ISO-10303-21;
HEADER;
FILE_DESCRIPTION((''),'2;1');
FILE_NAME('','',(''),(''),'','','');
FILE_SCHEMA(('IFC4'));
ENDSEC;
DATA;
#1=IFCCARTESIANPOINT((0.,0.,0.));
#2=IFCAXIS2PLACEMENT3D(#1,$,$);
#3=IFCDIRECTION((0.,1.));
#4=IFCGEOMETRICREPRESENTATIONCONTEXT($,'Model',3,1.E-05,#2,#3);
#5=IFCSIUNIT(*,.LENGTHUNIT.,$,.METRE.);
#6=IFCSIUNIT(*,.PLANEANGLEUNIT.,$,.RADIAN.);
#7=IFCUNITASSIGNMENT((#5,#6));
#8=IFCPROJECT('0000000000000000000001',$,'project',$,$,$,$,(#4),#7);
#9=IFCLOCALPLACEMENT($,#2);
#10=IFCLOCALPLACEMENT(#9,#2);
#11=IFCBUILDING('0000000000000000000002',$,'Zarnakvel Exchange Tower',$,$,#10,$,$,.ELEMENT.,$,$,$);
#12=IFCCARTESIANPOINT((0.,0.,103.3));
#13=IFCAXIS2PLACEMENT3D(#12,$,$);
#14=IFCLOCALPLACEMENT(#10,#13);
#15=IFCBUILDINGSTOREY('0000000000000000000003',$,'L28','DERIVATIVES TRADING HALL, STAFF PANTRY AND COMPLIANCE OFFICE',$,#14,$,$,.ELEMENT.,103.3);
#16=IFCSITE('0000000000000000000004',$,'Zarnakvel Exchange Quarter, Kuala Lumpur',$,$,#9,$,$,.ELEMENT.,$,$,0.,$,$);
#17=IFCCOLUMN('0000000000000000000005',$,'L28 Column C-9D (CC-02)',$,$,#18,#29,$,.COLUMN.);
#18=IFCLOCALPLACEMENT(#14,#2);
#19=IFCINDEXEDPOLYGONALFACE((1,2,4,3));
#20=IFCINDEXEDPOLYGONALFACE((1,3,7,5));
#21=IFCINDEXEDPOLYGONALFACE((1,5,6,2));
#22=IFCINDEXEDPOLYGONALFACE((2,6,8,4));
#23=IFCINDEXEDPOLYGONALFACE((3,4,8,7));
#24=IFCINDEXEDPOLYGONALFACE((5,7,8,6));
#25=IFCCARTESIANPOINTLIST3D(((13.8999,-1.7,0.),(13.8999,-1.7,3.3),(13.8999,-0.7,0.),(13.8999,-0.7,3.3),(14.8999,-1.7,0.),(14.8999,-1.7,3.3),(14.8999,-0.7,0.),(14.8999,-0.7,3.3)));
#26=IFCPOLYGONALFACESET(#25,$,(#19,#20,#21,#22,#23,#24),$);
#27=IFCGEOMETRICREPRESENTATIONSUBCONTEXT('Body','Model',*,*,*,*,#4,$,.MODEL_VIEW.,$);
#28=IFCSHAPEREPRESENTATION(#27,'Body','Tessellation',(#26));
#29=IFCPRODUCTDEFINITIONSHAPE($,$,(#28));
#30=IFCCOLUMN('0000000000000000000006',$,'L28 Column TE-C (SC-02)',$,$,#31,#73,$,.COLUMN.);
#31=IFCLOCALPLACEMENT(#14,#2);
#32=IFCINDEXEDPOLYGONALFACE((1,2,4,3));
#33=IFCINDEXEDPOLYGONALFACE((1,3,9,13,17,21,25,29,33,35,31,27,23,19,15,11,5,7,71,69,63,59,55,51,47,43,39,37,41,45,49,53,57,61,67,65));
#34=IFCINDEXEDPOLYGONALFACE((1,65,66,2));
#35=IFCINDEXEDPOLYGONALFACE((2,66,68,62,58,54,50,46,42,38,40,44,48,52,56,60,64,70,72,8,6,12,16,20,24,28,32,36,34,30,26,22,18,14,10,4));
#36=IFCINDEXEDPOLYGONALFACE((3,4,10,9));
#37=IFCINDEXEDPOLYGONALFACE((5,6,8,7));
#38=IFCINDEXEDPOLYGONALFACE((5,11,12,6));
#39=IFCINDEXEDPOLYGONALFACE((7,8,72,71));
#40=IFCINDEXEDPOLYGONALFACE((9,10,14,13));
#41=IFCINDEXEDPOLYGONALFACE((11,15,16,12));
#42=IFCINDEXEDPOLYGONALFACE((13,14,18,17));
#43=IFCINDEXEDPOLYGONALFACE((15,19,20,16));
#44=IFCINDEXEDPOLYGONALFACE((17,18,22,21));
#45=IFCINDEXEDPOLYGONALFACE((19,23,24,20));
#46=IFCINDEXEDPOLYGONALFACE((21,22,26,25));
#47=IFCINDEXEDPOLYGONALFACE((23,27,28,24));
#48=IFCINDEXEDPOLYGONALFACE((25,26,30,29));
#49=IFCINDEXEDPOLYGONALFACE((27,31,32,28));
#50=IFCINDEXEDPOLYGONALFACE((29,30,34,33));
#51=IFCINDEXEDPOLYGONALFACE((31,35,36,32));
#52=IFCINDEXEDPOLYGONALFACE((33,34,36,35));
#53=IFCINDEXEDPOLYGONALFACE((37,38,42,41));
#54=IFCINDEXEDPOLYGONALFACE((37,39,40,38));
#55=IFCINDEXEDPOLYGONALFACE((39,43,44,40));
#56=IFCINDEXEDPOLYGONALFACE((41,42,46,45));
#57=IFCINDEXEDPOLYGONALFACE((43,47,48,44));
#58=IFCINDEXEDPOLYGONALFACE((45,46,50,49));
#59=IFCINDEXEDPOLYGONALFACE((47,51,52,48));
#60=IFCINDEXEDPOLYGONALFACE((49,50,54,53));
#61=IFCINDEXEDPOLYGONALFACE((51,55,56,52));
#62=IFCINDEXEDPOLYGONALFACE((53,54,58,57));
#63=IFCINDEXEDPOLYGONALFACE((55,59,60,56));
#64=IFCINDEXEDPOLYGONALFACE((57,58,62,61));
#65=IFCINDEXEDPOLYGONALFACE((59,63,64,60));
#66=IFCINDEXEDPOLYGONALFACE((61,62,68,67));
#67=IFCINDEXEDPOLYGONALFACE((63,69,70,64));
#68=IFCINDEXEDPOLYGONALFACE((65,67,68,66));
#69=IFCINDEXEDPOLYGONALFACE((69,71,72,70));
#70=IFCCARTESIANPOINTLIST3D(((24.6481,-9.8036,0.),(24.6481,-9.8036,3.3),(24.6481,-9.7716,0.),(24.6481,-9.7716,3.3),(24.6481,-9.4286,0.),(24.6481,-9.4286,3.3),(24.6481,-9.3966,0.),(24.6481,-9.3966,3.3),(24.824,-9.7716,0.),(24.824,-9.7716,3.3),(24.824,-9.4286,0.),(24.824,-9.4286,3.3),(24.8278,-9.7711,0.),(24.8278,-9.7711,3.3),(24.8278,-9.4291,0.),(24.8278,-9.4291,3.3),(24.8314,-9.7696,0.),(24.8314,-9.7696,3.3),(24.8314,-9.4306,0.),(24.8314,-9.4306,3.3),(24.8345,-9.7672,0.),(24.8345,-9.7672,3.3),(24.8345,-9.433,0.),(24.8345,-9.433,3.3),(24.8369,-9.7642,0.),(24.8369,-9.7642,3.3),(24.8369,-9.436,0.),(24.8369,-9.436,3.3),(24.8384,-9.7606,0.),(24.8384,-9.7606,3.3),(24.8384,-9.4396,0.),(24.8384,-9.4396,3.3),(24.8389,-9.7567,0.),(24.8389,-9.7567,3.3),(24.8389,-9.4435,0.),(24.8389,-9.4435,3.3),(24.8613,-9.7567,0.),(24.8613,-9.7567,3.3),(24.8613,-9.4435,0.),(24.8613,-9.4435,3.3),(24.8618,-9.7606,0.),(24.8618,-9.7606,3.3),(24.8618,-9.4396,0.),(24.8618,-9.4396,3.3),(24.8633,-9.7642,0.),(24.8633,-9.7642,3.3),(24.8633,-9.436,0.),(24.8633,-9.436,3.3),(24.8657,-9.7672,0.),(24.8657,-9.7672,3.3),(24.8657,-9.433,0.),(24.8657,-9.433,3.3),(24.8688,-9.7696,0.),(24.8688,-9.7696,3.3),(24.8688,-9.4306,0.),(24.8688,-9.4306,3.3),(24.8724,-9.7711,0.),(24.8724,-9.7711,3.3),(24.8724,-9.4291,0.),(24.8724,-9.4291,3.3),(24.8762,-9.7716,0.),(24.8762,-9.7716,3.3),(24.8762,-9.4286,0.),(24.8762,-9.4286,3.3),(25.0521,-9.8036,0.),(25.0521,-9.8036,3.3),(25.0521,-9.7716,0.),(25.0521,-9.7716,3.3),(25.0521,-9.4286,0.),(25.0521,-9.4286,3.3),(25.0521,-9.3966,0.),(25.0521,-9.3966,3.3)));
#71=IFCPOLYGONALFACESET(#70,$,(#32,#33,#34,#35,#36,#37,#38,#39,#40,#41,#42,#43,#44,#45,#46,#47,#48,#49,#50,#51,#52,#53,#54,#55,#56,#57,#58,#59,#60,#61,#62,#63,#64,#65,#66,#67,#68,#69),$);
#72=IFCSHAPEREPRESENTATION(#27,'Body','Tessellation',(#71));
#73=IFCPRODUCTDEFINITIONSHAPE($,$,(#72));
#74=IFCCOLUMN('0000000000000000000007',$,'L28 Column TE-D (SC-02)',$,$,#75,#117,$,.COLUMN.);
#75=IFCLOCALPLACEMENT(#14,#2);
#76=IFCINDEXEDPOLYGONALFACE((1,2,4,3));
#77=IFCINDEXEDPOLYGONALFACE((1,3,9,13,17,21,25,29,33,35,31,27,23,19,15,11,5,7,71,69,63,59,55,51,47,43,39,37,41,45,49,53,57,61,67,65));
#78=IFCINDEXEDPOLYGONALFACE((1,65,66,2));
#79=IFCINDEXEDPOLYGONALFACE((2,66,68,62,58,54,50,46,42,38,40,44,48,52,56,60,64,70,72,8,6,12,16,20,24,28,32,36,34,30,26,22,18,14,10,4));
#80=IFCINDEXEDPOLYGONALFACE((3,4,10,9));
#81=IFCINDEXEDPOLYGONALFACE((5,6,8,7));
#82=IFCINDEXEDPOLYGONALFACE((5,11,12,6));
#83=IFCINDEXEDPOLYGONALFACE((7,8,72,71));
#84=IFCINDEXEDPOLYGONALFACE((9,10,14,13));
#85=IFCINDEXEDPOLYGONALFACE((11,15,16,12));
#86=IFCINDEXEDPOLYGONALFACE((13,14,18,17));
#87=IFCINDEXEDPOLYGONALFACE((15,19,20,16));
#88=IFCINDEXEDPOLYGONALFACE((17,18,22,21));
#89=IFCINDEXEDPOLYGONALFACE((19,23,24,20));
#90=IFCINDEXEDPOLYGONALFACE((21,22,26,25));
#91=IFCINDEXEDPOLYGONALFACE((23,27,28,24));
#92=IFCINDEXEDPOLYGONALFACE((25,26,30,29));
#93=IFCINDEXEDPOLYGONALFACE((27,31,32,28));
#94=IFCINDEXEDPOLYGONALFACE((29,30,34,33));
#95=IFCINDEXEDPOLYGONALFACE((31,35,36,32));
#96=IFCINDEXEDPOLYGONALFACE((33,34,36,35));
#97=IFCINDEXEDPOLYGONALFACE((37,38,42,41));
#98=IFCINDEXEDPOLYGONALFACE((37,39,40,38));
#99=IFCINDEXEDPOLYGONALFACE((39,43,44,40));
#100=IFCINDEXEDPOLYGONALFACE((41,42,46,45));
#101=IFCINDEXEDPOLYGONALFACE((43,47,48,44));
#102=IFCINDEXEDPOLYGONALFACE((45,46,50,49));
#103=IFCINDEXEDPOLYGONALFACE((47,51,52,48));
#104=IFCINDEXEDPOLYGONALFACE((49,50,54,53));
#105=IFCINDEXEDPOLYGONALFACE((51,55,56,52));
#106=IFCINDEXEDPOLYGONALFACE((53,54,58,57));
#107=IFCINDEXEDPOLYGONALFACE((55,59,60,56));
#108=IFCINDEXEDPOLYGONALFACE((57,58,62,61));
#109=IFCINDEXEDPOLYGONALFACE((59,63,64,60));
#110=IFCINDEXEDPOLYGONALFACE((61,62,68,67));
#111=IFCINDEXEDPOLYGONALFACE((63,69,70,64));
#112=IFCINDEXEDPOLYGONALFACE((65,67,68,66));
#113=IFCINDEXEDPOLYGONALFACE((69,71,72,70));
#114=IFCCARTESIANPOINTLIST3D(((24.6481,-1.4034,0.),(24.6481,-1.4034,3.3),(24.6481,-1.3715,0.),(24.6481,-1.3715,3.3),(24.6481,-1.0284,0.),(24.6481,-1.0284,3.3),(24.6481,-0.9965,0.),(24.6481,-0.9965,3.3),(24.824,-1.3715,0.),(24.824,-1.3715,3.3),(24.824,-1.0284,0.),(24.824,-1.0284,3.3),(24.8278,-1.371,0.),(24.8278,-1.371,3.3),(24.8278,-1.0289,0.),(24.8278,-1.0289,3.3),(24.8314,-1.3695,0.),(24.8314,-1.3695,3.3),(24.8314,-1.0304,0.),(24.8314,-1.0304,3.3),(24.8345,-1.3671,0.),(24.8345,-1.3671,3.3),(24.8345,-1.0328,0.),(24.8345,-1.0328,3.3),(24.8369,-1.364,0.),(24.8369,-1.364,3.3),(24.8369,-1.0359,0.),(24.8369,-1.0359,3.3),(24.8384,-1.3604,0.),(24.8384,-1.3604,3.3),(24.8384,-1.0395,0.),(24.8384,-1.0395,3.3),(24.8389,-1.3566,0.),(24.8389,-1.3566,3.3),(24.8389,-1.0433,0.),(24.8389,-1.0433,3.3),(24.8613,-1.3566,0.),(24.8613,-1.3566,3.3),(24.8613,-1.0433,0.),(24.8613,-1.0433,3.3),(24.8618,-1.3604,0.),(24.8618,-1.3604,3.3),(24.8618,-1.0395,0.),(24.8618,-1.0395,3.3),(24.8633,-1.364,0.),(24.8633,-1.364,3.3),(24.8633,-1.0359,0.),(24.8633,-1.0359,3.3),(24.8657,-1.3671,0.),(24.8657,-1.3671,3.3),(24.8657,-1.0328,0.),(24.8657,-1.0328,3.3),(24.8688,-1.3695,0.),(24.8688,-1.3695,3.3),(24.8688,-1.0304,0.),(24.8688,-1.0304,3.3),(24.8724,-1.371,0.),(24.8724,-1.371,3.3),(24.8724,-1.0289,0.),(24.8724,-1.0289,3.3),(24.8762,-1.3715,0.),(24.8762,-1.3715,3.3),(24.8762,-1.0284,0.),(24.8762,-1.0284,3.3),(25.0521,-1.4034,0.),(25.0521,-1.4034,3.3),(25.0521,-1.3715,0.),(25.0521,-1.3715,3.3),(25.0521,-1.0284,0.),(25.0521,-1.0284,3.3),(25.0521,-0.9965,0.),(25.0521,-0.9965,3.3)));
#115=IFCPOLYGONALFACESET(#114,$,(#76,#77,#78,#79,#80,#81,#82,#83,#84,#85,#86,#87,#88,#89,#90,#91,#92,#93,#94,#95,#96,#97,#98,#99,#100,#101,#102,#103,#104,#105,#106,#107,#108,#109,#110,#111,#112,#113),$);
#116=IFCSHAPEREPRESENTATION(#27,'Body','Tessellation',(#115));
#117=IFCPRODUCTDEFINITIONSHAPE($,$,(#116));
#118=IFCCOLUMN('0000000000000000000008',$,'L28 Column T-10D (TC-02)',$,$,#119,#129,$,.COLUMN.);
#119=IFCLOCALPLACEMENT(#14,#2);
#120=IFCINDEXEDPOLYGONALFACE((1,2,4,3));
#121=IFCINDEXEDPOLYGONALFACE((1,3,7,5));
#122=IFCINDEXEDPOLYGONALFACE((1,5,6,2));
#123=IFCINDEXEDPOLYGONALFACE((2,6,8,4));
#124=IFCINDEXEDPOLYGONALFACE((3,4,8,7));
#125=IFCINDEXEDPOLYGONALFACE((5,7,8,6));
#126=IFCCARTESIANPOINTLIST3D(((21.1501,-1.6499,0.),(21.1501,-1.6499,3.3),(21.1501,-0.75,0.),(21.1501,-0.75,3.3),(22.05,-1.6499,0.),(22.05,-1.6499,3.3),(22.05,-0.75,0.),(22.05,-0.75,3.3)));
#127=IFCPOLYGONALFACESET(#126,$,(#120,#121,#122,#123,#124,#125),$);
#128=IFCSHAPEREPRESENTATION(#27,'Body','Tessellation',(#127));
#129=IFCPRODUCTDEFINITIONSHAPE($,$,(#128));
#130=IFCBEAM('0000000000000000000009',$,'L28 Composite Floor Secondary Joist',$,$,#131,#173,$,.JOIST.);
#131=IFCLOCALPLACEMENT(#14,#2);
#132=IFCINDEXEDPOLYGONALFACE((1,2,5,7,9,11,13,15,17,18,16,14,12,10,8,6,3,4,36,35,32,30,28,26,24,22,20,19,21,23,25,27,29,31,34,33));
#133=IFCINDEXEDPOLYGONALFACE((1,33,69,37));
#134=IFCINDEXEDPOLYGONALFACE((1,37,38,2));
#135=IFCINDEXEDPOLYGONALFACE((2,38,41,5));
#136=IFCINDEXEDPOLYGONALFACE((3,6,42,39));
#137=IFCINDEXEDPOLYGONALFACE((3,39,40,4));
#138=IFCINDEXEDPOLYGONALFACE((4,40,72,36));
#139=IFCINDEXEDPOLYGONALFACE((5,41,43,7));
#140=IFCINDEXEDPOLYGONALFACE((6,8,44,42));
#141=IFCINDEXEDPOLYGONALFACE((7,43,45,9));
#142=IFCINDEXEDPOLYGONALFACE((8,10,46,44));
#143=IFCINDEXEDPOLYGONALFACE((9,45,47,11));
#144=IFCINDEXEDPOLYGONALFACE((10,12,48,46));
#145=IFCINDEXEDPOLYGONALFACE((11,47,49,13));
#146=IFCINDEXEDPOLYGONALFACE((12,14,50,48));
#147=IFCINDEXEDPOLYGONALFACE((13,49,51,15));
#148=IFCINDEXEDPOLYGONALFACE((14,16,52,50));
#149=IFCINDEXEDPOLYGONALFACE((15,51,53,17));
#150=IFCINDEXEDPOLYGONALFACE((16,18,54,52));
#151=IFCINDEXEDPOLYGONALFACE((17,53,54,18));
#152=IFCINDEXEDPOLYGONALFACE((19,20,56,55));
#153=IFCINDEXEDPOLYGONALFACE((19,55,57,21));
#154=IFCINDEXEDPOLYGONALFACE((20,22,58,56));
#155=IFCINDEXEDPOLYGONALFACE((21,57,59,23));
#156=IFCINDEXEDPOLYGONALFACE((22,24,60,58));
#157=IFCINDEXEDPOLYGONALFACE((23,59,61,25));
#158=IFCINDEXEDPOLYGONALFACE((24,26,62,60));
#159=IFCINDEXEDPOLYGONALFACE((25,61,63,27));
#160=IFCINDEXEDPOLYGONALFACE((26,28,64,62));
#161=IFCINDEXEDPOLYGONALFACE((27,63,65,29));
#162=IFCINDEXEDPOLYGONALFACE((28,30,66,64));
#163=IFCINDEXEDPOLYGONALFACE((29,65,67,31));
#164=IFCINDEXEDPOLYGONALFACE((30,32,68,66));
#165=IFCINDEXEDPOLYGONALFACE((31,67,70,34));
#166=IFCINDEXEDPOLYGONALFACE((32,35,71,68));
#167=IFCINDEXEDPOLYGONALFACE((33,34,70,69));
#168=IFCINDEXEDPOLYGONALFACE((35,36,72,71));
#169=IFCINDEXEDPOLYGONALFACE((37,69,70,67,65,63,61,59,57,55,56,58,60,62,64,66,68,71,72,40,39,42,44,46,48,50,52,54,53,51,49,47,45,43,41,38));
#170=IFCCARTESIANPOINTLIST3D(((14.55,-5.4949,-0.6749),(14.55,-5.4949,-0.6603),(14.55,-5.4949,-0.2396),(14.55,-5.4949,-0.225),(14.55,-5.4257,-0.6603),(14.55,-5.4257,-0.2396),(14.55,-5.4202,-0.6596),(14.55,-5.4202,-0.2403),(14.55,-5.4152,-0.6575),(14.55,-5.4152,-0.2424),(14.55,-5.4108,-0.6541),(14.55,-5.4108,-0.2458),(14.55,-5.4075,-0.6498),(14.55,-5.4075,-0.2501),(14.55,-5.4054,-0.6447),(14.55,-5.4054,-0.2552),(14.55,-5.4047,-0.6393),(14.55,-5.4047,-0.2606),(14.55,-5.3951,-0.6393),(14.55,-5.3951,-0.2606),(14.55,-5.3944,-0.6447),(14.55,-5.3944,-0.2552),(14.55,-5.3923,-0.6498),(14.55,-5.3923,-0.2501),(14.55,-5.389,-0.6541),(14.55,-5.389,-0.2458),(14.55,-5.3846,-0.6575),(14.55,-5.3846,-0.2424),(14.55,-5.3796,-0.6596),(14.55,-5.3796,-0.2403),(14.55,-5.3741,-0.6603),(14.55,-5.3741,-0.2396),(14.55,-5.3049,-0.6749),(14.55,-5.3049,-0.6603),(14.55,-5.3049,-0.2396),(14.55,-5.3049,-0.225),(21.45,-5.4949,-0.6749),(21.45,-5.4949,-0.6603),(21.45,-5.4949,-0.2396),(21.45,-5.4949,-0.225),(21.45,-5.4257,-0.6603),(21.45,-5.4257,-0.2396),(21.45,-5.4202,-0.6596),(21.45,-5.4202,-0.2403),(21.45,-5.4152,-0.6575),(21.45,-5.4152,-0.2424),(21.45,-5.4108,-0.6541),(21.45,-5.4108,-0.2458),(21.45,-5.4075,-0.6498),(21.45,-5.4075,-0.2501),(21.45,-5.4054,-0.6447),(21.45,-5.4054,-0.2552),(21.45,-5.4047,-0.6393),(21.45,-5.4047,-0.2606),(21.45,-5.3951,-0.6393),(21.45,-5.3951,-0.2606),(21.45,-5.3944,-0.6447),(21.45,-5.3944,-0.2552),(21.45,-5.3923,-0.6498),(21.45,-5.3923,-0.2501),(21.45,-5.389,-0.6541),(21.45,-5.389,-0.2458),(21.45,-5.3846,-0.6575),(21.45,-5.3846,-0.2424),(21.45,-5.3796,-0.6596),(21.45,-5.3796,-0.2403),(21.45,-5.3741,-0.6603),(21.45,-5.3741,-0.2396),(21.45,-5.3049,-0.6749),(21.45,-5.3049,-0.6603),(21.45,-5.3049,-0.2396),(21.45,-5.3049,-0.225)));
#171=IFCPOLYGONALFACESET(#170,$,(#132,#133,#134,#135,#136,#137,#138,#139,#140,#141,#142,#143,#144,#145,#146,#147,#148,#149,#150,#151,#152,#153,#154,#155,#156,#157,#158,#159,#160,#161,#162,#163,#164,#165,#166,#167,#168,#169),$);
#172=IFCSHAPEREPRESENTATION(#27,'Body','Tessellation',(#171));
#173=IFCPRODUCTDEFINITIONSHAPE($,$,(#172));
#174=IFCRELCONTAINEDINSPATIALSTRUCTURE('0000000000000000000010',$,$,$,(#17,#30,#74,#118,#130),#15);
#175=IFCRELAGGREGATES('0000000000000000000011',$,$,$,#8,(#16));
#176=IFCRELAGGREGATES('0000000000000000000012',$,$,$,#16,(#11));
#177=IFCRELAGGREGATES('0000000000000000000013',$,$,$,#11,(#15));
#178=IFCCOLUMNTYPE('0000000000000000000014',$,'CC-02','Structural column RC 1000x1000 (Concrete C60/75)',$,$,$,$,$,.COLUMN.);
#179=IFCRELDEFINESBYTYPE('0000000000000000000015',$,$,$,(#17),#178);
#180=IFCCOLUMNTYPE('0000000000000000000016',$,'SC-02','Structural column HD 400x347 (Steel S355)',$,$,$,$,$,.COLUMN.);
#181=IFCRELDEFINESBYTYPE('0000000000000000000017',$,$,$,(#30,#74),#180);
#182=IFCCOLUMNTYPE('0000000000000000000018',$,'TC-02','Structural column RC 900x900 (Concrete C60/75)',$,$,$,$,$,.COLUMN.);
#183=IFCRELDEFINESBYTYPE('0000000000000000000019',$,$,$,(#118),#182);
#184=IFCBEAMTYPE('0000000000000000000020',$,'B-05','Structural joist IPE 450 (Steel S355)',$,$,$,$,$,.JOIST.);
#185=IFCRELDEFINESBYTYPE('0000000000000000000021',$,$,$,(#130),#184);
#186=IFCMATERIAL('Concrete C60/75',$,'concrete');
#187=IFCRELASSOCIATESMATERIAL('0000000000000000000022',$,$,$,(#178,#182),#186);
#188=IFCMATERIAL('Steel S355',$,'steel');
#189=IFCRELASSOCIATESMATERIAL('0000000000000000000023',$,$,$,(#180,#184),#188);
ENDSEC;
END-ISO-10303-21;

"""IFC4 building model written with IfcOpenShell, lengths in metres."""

from ifc_helpers import new_model, si_unit, direction, frame, origin, origin_2d, place, context, subcontext, project, spatial, rectangle, i_section, extrude, material, material_profile, profile_set, type_object, element, save


model = new_model("IFC4")

# Units and contexts
model_context = context("Model", 3, precision=1e-05, world=origin(), true_north=direction((0.0, 1.0)))
body_context = subcontext(model_context, "Body", "Model", "MODEL_VIEW")
ifc_project = project(units=[si_unit("LENGTHUNIT", "METRE"), si_unit("PLANEANGLEUNIT", "RADIAN")], contexts=[model_context])

# Site, building, storey
site_placement = place(None, origin())
site = spatial("IfcSite", under=ifc_project, at=site_placement, Name="Zarnakvel Exchange Quarter, Kuala Lumpur", CompositionType="ELEMENT", RefElevation=0.0)
building_placement = place(site_placement, origin())
building = spatial("IfcBuilding", under=site, at=building_placement, Name="Zarnakvel Exchange Tower", CompositionType="ELEMENT")
storey_placement = place(building_placement, frame((0.0, 0.0, 103.3)))
storey = spatial("IfcBuildingStorey", under=building, at=storey_placement, Name="L28", Description="DERIVATIVES TRADING HALL, STAFF PANTRY AND COMPLIANCE OFFICE", CompositionType="ELEMENT", Elevation=103.3)

# Columns
ifc_material_1 = material(Name="Concrete C60/75", Category="concrete")
ifc_material_profile_1 = material_profile(ifc_material_1, rectangle(XDim=1.0, YDim=1.0, at=origin_2d()))
ifc_profile_set_1 = profile_set([ifc_material_profile_1], Name="Concrete C60/75")
column_type_1 = type_object("IfcColumnType", Name="CC-02", Description="Structural column RC 1000x1000 (Concrete C60/75)", PredefinedType="COLUMN", material=ifc_profile_set_1)
column_1_placement = place(storey_placement, frame((14.3999, -1.2, 0.0), z_axis=(0.0, 0.0, 1.0), x_axis=(1.0, 0.0, 0.0)))
element("IfcColumn", 1, at=column_1_placement, inside=storey, type_object=column_type_1, Name="L28 Column C-9D (CC-02)", PredefinedType="COLUMN", context=body_context, shape_type="SweptSolid", body=[
    extrude(rectangle(XDim=1.0, YDim=1.0, at=origin_2d()), origin(), (0.0, 0.0, 1.0), 3.3),
])
ifc_material_2 = material(Name="Steel S355", Category="steel")
ifc_material_profile_2 = material_profile(ifc_material_2, i_section(OverallWidth=0.4041, OverallDepth=0.407, WebThickness=0.0225, FlangeThickness=0.032, FilletRadius=0.0149, at=origin_2d()))
ifc_profile_set_2 = profile_set([ifc_material_profile_2], Name="Steel S355")
column_type_2 = type_object("IfcColumnType", Name="SC-02", Description="Structural column HD 400x347 (Steel S355)", PredefinedType="COLUMN", material=ifc_profile_set_2)
for number, where, z_axis, x_axis, name in (
    (2, (24.8501, -9.6001, 0.0), (0.0, 0.0, 1.0), (1.0, 0.0, 0.0), "L28 Column TE-C (SC-02)"),
    (3, (24.8501, -1.2, 0.0), (0.0, 0.0, 1.0), (1.0, 0.0, 0.0), "L28 Column TE-D (SC-02)"),
):
    element("IfcColumn", number, at=place(storey_placement, frame(where, z_axis=z_axis, x_axis=x_axis)), inside=storey, type_object=column_type_2, Name=name, PredefinedType="COLUMN", context=body_context, shape_type="SweptSolid", body=[
        extrude(i_section(OverallWidth=0.4041, OverallDepth=0.407, WebThickness=0.0225, FlangeThickness=0.032, FilletRadius=0.0149, at=origin_2d()), origin(), (0.0, 0.0, 1.0), 3.3),
    ])
ifc_material_profile_3 = material_profile(ifc_material_1, rectangle(XDim=0.8999, YDim=0.8999, at=origin_2d()))
ifc_profile_set_3 = profile_set([ifc_material_profile_3], Name="Concrete C60/75")
column_type_3 = type_object("IfcColumnType", Name="TC-02", Description="Structural column RC 900x900 (Concrete C60/75)", PredefinedType="COLUMN", material=ifc_profile_set_3)
column_2_placement = place(storey_placement, frame((21.6001, -1.2, 0.0), z_axis=(0.0, 0.0, 1.0), x_axis=(1.0, 0.0, 0.0)))
element("IfcColumn", 4, at=column_2_placement, inside=storey, type_object=column_type_3, Name="L28 Column T-10D (TC-02)", PredefinedType="COLUMN", context=body_context, shape_type="SweptSolid", body=[
    extrude(rectangle(XDim=0.8999, YDim=0.8999, at=origin_2d()), origin(), (0.0, 0.0, 1.0), 3.3),
])

# Beam
ifc_material_profile_4 = material_profile(ifc_material_2, i_section(OverallWidth=0.1899, OverallDepth=0.45, WebThickness=0.0095, FlangeThickness=0.0146, FilletRadius=0.021, at=origin_2d()))
ifc_profile_set_4 = profile_set([ifc_material_profile_4], Name="Steel S355")
beam_type_1 = type_object("IfcBeamType", Name="B-05", Description="Structural joist IPE 450 (Steel S355)", PredefinedType="JOIST", material=ifc_profile_set_4)
beam_1_placement = place(storey_placement, frame((14.55, -5.3999, -0.45), z_axis=(1.0, 0.0, 0.0), x_axis=(0.0, 1.0, 0.0)))
element("IfcBeam", 5, at=beam_1_placement, inside=storey, type_object=beam_type_1, Name="L28 Composite Floor Secondary Joist", PredefinedType="JOIST", context=body_context, shape_type="SweptSolid", body=[
    extrude(i_section(OverallWidth=0.1899, OverallDepth=0.45, WebThickness=0.0095, FlangeThickness=0.0146, FilletRadius=0.021, at=origin_2d()), origin(), (0.0, 0.0, 1.0), 6.8999),
])

save(model, "model.ifc")
